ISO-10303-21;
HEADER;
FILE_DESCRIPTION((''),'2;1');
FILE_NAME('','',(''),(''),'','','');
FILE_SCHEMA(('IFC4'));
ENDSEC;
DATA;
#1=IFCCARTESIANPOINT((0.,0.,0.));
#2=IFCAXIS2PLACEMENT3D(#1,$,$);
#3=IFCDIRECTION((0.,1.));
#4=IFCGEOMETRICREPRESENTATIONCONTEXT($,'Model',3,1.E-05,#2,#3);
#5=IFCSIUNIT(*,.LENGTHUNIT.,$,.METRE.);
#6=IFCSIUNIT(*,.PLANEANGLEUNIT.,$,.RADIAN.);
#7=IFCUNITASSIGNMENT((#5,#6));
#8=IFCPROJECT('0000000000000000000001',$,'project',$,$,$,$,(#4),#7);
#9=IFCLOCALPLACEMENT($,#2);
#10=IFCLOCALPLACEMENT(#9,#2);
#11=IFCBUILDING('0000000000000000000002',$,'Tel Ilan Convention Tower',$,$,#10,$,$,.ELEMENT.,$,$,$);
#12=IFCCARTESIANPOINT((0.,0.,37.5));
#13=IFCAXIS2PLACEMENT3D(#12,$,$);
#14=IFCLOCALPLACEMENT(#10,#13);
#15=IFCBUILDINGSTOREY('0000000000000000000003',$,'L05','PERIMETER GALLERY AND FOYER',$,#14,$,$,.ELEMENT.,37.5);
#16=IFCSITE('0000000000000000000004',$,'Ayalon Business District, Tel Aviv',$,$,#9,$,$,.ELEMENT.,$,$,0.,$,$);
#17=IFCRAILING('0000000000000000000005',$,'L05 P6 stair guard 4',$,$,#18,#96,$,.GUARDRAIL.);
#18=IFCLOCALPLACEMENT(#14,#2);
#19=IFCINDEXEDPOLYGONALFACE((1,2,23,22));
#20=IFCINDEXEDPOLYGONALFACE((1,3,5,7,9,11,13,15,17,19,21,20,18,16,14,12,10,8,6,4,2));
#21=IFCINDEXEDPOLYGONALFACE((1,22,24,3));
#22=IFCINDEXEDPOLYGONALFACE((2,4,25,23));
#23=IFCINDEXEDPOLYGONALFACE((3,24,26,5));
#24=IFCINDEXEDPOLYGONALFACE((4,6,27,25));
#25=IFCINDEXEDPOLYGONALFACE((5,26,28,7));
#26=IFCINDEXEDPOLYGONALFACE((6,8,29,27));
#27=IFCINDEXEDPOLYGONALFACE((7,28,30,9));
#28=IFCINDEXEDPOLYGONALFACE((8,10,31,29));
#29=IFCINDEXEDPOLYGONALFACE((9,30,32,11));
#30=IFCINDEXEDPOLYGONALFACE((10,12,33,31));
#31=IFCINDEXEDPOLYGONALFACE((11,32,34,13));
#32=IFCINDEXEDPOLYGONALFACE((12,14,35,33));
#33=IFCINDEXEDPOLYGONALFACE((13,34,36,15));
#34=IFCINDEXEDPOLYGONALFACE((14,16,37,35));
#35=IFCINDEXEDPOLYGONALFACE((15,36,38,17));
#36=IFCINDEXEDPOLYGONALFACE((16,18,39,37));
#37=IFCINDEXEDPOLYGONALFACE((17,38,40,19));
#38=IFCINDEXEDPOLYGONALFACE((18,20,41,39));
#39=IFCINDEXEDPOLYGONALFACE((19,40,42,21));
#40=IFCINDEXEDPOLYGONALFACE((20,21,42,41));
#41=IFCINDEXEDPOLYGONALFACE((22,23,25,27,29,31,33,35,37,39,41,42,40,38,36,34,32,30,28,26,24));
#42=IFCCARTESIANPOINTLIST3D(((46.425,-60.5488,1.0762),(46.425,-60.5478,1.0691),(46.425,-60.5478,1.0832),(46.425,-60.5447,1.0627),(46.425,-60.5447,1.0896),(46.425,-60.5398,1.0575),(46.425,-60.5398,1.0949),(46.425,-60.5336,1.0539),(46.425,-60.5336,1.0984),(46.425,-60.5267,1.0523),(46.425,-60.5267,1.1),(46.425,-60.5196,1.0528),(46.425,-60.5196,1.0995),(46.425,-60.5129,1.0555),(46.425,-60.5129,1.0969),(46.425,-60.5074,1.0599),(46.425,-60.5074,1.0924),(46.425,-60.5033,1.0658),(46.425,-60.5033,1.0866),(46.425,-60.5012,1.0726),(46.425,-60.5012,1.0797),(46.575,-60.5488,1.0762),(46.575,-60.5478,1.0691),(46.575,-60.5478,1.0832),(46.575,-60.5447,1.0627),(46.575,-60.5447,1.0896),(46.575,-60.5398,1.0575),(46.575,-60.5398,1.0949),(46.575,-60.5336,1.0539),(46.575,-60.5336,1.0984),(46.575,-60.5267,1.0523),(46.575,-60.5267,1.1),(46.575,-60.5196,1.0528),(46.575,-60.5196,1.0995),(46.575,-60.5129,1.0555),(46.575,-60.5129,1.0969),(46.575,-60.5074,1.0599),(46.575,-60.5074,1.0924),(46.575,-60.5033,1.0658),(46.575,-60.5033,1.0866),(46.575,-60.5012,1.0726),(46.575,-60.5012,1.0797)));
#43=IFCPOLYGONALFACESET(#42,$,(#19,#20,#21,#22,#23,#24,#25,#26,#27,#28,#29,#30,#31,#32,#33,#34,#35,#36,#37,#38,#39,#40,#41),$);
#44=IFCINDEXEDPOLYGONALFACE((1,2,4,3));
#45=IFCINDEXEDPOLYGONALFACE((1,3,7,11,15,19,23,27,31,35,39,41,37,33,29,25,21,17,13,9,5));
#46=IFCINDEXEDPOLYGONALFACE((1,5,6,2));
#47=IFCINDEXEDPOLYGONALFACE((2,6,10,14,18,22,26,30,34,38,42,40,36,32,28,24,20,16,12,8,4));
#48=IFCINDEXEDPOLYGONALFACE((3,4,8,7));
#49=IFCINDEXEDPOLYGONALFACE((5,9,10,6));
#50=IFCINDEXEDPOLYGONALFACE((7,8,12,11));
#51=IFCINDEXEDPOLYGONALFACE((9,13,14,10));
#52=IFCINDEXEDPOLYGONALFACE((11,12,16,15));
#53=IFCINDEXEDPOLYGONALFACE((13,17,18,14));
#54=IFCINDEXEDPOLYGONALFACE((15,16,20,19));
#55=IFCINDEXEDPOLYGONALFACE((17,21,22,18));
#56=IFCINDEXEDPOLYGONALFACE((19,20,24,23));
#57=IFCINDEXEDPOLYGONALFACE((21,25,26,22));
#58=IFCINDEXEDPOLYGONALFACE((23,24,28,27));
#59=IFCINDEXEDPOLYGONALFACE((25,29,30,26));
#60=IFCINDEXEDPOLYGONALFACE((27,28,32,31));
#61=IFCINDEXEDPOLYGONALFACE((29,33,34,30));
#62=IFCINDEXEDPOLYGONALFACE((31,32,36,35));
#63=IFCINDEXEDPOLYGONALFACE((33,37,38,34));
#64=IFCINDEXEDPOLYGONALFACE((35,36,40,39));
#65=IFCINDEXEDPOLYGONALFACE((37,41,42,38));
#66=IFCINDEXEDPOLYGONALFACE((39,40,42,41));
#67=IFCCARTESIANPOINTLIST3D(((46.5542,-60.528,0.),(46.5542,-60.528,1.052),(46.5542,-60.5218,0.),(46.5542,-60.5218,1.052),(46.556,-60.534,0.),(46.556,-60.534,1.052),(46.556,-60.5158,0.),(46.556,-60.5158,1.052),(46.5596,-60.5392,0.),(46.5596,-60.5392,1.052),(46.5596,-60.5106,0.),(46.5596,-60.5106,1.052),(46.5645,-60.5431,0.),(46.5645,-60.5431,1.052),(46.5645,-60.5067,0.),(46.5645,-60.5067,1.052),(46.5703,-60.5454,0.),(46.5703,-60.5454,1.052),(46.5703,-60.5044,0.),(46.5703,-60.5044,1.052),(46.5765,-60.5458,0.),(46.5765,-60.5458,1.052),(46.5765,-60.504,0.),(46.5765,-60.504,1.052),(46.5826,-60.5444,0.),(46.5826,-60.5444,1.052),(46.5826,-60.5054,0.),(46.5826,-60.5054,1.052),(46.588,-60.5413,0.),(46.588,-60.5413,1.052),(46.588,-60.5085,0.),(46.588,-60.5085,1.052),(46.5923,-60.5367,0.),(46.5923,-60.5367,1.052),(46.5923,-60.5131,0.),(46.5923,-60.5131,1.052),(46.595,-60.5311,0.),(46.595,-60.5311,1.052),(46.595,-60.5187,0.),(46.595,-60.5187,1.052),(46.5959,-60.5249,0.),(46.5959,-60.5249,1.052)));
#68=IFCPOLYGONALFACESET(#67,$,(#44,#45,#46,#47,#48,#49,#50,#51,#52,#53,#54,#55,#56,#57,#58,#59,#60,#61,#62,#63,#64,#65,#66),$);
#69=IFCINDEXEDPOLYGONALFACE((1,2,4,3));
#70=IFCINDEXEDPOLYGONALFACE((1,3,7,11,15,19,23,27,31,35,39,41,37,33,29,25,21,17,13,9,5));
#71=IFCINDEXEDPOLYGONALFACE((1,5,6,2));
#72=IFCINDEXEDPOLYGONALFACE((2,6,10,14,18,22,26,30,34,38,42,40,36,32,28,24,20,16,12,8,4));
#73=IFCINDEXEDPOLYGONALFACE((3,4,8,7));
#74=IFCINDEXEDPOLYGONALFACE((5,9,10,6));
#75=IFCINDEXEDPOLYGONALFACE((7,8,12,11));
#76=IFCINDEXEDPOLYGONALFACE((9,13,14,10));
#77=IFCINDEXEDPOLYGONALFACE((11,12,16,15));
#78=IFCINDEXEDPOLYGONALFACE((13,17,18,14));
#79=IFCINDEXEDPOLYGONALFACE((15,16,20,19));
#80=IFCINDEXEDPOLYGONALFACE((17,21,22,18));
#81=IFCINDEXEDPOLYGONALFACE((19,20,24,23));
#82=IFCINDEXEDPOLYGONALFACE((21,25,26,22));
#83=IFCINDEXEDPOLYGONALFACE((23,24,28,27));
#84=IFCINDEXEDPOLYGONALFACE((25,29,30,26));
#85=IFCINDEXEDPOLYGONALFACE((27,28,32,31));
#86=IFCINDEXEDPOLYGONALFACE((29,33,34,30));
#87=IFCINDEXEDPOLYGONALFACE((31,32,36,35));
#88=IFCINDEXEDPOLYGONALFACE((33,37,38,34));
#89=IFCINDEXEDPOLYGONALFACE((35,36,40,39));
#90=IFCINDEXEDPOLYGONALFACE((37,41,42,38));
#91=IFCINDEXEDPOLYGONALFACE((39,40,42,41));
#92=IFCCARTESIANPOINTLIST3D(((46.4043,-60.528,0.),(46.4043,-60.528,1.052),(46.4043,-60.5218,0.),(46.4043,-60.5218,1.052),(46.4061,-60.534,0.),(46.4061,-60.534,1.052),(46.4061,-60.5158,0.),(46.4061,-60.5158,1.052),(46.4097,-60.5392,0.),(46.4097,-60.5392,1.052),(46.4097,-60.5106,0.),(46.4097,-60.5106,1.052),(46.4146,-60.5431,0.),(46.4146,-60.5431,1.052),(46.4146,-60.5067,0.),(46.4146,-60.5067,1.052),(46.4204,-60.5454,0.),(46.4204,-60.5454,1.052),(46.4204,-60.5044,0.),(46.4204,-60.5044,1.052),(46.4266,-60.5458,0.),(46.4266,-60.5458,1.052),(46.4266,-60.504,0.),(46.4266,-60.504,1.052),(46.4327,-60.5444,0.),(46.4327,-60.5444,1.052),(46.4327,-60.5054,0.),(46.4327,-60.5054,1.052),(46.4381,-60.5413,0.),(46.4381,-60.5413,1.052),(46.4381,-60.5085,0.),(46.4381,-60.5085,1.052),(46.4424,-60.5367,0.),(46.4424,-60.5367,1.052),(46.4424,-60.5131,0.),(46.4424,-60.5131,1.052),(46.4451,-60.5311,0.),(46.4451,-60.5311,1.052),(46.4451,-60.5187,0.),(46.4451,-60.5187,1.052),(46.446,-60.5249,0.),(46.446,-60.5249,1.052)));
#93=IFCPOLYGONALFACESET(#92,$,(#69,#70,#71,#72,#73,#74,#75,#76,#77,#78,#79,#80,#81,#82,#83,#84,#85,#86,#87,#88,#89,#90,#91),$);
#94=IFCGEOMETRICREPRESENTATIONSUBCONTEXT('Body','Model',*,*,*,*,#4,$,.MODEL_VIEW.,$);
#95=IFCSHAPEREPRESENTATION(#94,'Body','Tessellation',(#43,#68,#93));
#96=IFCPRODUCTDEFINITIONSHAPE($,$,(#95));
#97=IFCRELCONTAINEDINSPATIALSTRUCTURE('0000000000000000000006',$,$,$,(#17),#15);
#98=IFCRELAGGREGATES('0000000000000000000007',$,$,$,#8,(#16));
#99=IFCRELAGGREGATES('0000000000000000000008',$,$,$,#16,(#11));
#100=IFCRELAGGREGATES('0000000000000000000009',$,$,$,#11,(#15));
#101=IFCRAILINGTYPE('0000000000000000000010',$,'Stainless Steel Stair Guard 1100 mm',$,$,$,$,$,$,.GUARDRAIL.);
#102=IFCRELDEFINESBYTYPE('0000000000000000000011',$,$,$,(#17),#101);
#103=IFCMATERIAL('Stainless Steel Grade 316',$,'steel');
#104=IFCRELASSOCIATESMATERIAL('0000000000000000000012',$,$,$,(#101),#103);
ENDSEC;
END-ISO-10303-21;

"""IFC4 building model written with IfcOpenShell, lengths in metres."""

from ifc_helpers import new_model, si_unit, direction, frame, origin, origin_2d, place, context, subcontext, project, spatial, circle, extrude, material, type_object, element, save


model = new_model("IFC4")

# Units and contexts
model_context = context("Model", 3, precision=1e-05, world=origin(), true_north=direction((0.0, 1.0)))
body_context = subcontext(model_context, "Body", "Model", "MODEL_VIEW")
ifc_project = project(units=[si_unit("LENGTHUNIT", "METRE"), si_unit("PLANEANGLEUNIT", "RADIAN")], contexts=[model_context])

# Site, building, storey
site_placement = place(None, origin())
site = spatial("IfcSite", under=ifc_project, at=site_placement, Name="Ayalon Business District, Tel Aviv", CompositionType="ELEMENT", RefElevation=0.0)
building_placement = place(site_placement, origin())
building = spatial("IfcBuilding", under=site, at=building_placement, Name="Tel Ilan Convention Tower", CompositionType="ELEMENT")
storey_placement = place(building_placement, frame((0.0, 0.0, 37.5)))
storey = spatial("IfcBuildingStorey", under=building, at=storey_placement, Name="L05", Description="PERIMETER GALLERY AND FOYER", CompositionType="ELEMENT", Elevation=37.5)

# Railing
ifc_material_1 = material(Name="Stainless Steel Grade 316", Category="steel")
railing_type_1 = type_object("IfcRailingType", Name="Stainless Steel Stair Guard 1100 mm", PredefinedType="GUARDRAIL", material=ifc_material_1)
railing_1_placement = place(storey_placement, frame((46.575, -60.5249, 0.0)))
element("IfcRailing", 1, at=railing_1_placement, inside=storey, type_object=railing_type_1, Name="L05 P6 stair guard 4", PredefinedType="GUARDRAIL", context=body_context, shape_type="SweptSolid", body=[
    extrude(circle(Radius=0.0239, at=origin_2d()), frame((0.0, 0.0, 1.0762), z_axis=(-1.0, 0.0, 0.0), x_axis=(0.0, -1.0, 0.0)), (0.0, 0.0, 1.0), 0.1499),
    extrude(circle(Radius=0.021, at=origin_2d()), origin(), (0.0, 0.0, 1.0), 1.052),
    extrude(circle(Radius=0.021, at=origin_2d()), frame((-0.1499, 0.0, 0.0)), (0.0, 0.0, 1.0), 1.052),
])

save(model, "model.ifc")
